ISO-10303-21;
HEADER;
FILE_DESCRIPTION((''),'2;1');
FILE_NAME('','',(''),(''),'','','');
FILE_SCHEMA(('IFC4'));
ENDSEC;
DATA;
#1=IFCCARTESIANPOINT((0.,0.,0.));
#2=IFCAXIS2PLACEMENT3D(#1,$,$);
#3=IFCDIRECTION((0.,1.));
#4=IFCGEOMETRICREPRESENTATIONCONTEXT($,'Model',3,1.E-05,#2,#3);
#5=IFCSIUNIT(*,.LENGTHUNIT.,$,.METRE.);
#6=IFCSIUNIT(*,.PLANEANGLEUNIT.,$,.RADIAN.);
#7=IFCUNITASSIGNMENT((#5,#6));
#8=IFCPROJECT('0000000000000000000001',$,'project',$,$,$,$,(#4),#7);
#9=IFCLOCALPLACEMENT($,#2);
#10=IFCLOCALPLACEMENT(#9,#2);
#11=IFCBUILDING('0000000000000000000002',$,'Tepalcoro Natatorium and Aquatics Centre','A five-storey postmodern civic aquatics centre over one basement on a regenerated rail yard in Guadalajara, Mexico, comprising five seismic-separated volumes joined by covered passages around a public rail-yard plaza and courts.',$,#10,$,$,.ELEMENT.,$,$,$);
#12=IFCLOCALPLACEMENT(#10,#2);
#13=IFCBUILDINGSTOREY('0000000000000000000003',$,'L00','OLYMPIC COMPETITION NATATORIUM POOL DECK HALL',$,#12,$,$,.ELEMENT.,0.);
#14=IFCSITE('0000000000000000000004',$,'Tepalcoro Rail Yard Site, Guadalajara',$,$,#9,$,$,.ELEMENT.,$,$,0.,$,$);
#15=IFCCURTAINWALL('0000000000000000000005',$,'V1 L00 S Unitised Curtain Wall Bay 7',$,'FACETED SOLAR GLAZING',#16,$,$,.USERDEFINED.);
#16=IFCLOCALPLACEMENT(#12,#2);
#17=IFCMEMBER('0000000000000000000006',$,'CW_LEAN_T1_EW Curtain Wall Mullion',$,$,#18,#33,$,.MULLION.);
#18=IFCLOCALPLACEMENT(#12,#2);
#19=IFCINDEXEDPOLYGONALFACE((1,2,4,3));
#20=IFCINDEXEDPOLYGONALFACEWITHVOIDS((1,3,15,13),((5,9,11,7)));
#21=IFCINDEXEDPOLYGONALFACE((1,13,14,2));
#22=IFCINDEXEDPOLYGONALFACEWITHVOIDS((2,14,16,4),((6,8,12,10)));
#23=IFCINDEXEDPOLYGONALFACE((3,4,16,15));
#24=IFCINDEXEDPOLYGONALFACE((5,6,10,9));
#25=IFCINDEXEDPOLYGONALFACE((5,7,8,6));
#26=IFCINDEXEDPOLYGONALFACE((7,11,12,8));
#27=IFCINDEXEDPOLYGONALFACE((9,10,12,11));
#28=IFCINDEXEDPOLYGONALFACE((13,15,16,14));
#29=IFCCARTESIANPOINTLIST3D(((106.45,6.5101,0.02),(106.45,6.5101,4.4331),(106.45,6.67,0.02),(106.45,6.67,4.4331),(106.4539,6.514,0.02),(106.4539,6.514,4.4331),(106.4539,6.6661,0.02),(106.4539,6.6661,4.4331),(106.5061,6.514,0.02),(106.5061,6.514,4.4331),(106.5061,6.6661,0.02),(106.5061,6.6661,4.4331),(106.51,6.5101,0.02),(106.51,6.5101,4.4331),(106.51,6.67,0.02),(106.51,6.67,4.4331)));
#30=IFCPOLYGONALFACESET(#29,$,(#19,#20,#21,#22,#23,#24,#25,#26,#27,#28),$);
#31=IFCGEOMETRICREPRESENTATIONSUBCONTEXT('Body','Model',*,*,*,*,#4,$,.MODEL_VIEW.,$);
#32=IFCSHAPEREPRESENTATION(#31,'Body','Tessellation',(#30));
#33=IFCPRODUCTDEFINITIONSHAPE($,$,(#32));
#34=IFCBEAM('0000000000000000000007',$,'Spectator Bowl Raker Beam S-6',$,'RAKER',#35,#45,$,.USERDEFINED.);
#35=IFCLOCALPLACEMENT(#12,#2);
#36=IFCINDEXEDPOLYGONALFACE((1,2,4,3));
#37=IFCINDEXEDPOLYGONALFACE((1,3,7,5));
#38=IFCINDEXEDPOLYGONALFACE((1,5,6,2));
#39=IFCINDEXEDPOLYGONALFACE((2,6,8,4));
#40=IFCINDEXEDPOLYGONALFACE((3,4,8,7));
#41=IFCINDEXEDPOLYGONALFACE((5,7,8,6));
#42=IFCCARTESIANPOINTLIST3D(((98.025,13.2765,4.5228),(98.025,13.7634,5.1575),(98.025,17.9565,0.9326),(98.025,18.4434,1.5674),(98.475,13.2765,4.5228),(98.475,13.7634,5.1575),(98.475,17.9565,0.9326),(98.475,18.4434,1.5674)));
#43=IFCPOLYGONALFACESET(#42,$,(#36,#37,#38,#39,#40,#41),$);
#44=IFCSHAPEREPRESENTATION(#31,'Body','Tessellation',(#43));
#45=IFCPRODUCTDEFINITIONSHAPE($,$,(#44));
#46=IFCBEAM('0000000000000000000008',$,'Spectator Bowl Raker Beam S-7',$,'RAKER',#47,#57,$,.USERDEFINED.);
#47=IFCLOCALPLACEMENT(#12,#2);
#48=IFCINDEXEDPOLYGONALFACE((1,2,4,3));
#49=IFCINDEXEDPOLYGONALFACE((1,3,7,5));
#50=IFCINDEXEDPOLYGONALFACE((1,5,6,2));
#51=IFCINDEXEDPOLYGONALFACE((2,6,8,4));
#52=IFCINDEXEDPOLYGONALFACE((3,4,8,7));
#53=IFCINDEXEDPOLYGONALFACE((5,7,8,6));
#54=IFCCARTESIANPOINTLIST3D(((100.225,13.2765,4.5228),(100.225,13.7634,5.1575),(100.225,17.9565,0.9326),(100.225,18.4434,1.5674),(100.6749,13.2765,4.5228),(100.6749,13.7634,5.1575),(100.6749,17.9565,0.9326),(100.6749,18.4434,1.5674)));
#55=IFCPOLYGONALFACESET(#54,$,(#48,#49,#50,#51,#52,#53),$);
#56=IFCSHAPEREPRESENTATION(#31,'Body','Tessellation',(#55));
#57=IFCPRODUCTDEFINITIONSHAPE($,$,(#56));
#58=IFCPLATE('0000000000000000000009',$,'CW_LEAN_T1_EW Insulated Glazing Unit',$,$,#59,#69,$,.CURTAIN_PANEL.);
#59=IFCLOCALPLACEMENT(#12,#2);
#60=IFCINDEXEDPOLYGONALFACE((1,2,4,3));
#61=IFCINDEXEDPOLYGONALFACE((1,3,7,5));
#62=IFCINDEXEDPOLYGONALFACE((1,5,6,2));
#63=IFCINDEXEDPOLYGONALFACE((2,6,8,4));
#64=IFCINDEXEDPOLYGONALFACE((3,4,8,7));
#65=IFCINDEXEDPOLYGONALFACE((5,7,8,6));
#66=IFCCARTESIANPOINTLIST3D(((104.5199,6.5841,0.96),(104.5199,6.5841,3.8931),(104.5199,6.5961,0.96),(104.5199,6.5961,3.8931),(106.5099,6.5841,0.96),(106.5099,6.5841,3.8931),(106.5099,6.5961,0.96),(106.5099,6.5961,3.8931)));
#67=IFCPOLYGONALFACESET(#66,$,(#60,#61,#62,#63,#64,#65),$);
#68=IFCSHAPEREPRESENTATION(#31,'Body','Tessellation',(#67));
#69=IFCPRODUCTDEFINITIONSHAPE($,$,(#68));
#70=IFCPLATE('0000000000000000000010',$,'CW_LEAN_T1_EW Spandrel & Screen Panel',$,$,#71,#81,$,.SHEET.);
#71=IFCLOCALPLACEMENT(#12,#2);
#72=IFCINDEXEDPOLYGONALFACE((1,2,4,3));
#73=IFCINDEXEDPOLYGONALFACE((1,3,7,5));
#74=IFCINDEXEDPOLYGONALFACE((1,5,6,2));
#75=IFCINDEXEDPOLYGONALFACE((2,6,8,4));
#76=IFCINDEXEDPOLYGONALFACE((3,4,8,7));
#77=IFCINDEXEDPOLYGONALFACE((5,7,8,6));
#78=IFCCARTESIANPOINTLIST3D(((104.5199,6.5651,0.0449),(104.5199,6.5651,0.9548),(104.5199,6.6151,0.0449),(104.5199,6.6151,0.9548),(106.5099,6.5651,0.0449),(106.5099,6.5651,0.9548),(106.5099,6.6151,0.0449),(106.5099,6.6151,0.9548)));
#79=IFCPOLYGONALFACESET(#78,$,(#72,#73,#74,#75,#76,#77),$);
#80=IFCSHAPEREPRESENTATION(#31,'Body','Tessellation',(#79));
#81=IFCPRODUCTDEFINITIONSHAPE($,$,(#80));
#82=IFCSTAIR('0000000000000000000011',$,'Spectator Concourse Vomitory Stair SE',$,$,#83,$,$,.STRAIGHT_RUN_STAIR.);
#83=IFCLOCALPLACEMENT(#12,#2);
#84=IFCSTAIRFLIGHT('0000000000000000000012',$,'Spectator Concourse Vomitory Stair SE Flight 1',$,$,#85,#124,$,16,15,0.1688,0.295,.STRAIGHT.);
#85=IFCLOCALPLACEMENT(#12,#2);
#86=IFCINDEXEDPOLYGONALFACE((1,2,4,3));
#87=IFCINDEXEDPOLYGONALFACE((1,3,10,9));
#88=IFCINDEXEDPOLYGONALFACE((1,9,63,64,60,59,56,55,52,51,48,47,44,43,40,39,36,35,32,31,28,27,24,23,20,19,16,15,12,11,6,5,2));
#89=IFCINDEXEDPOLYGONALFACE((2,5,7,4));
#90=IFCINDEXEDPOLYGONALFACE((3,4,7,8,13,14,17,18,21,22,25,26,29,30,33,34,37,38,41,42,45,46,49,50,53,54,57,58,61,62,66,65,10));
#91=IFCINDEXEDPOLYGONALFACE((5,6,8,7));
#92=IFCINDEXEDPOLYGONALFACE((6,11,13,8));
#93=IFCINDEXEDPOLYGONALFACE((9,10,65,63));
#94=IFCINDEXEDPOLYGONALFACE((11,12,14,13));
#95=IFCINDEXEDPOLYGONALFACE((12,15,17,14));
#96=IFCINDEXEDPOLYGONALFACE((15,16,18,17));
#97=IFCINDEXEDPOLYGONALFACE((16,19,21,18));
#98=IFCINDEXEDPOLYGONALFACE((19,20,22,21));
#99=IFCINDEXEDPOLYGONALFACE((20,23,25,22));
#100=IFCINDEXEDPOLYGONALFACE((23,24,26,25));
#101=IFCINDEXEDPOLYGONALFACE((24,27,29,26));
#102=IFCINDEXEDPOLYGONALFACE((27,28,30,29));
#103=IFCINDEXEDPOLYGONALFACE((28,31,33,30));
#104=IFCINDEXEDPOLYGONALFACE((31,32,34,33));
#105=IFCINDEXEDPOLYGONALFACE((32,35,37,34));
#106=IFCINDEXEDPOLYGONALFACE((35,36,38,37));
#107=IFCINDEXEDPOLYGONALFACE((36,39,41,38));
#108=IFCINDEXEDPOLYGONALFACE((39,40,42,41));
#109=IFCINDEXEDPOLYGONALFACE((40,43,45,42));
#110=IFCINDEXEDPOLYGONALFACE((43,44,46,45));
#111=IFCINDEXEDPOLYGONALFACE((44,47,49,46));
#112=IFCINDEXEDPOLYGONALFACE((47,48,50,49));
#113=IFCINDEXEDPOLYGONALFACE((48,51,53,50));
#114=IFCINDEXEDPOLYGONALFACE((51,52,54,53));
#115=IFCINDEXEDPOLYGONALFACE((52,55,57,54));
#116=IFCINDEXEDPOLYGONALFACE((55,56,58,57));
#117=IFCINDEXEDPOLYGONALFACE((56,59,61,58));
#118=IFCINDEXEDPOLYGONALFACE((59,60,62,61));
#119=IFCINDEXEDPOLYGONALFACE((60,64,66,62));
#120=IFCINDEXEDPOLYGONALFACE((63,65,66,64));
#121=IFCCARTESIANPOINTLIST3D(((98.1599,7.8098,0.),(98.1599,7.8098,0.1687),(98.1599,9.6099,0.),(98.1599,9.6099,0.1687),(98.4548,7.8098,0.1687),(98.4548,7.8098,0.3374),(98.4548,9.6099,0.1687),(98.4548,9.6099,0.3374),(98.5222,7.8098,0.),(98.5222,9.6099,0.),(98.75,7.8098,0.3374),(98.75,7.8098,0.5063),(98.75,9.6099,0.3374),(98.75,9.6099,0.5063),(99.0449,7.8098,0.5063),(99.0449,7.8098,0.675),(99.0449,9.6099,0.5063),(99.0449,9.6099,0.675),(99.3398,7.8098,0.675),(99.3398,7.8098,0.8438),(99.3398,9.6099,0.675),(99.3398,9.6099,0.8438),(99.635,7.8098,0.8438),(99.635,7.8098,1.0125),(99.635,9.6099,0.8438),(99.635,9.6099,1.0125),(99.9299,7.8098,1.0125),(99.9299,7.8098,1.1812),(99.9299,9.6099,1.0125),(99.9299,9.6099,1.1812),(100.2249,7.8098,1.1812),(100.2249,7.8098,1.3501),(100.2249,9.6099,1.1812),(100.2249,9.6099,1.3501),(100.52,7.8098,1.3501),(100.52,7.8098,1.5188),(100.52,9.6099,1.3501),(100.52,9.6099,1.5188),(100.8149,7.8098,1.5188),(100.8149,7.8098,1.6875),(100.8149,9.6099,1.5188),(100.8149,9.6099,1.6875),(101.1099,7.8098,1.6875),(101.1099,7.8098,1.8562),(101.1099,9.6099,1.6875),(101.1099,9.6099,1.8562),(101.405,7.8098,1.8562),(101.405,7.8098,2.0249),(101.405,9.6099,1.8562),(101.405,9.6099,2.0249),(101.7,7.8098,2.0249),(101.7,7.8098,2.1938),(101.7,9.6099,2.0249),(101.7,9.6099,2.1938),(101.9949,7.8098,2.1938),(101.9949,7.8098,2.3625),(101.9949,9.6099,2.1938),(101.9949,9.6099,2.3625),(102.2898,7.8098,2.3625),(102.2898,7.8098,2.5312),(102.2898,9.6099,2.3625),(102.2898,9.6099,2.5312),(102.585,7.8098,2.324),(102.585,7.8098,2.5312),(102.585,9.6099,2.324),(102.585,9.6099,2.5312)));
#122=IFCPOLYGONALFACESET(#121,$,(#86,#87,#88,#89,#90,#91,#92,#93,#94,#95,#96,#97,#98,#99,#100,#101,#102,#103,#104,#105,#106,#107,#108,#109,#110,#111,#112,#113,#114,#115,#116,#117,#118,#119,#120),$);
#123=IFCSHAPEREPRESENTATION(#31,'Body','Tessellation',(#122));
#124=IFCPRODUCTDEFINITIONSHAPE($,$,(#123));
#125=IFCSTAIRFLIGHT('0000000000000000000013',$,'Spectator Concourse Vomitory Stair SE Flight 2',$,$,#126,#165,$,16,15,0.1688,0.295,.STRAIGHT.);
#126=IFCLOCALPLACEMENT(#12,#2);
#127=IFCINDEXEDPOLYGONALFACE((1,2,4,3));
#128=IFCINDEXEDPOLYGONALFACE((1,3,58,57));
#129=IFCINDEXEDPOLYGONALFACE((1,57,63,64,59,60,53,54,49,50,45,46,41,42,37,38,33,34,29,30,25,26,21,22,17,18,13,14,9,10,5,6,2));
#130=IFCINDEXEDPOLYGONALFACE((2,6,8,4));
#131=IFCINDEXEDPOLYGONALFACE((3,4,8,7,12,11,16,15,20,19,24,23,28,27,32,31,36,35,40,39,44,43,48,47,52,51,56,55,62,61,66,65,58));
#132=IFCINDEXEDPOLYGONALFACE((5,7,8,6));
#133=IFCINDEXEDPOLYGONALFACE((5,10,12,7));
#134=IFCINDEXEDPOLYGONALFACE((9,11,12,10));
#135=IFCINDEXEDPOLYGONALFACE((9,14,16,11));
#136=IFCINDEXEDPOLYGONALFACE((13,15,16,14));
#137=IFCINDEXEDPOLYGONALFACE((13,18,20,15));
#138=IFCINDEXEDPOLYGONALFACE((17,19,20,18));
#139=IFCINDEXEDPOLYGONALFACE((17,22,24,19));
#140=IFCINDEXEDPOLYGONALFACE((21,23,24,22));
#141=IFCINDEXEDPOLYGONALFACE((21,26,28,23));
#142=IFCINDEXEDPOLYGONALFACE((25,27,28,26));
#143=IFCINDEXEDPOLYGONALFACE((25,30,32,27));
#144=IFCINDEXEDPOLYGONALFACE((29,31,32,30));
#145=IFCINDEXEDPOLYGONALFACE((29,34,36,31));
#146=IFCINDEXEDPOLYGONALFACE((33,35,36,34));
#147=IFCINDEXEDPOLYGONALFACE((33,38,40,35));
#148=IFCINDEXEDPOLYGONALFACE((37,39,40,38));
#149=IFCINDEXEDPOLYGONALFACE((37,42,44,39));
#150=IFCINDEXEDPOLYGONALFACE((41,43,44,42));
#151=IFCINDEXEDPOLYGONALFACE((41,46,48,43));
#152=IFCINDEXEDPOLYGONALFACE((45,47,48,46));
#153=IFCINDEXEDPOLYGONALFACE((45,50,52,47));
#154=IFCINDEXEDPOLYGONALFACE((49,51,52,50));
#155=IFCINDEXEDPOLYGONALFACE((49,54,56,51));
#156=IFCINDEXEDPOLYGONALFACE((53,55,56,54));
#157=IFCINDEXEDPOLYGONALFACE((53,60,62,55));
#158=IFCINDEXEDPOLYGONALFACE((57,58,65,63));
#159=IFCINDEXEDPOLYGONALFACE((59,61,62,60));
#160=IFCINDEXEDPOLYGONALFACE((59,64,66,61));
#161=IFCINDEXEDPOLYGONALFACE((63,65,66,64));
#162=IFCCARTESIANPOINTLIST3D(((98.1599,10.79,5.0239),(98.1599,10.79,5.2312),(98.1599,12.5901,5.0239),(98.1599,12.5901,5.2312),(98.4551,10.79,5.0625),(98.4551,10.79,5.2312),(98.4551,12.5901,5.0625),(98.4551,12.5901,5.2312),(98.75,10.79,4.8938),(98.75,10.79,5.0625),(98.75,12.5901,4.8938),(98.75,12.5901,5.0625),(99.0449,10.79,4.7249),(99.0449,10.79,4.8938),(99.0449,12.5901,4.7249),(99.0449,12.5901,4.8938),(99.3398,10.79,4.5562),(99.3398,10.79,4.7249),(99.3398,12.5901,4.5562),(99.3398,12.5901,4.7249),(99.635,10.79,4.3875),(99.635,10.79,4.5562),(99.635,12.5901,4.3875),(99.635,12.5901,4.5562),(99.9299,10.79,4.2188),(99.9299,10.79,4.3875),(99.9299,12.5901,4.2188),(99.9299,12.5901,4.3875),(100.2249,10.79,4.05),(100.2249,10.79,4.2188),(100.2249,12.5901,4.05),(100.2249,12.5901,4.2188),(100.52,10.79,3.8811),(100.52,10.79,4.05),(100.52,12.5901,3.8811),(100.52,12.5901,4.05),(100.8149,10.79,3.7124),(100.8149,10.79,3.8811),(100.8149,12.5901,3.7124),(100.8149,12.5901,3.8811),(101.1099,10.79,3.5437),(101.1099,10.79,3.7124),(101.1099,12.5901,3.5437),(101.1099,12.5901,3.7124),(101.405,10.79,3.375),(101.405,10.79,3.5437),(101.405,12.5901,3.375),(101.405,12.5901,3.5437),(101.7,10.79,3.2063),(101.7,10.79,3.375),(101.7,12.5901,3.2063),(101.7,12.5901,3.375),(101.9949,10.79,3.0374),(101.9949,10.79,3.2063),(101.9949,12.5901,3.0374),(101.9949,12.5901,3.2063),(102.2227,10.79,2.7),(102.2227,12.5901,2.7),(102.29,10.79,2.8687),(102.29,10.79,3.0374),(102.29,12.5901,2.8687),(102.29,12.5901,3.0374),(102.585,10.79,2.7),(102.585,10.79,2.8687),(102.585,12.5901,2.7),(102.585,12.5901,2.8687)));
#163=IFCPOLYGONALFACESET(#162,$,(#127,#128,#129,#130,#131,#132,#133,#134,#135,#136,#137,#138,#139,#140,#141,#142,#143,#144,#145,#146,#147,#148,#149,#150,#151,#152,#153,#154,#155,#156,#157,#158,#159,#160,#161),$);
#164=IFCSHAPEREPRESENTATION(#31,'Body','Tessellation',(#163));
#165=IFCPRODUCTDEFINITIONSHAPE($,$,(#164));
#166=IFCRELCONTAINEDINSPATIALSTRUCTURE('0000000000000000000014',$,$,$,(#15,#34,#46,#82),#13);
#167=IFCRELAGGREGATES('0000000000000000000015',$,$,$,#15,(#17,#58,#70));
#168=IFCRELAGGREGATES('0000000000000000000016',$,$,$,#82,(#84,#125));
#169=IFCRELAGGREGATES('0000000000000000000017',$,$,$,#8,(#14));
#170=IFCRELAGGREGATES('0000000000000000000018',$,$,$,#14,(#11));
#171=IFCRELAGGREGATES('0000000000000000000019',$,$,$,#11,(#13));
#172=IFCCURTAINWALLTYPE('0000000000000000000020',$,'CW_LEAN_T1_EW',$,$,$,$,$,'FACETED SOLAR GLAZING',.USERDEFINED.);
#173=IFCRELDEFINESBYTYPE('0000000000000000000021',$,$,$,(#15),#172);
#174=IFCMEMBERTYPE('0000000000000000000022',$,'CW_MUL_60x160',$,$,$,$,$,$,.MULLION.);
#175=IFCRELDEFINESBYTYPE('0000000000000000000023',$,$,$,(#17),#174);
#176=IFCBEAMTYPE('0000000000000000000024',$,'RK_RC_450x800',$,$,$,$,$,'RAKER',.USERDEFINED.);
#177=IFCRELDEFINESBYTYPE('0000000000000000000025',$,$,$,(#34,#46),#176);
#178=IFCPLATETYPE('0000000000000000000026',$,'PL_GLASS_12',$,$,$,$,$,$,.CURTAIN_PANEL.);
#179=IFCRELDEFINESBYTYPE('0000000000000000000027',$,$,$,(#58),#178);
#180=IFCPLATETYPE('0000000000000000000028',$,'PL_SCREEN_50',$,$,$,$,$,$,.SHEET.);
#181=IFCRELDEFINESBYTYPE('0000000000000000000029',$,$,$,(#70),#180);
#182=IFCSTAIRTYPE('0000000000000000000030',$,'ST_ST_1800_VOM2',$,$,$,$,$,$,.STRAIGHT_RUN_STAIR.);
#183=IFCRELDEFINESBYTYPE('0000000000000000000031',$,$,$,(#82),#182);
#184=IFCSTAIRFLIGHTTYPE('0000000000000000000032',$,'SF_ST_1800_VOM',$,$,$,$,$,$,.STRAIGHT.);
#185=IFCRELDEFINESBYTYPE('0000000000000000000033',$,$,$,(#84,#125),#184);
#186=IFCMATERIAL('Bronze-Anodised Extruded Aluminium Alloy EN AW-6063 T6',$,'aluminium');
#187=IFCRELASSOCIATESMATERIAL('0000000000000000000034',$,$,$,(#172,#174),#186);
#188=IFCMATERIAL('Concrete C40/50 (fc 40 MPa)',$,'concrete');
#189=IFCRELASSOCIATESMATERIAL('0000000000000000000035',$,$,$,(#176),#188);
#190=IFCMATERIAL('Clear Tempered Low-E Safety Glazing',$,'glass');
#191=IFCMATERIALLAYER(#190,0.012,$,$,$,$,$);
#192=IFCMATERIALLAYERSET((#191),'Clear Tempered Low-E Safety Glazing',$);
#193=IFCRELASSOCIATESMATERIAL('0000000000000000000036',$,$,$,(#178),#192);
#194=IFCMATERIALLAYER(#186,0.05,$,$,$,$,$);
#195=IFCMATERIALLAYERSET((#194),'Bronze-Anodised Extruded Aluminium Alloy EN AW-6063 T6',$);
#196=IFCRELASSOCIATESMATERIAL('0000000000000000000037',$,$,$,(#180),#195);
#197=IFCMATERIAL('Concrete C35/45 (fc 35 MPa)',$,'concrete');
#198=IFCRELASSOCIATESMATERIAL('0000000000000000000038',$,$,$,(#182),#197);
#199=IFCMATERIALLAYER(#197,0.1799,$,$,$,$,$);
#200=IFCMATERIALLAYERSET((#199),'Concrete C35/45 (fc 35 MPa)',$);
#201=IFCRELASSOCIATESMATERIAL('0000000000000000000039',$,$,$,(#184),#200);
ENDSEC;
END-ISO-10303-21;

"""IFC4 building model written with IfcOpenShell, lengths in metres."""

from ifc_helpers import new_model, si_unit, direction, frame, origin, origin_2d, place, context, subcontext, project, spatial, polyline, rectangle, hollow_rectangle, outline, extrude, material, layer, layer_set, material_profile, profile_set, type_object, element, aggregate, save


model = new_model("IFC4")

# Units and contexts
model_context = context("Model", 3, precision=1e-05, world=origin(), true_north=direction((0.0, 1.0)))
body_context = subcontext(model_context, "Body", "Model", "MODEL_VIEW")
ifc_project = project(units=[si_unit("LENGTHUNIT", "METRE"), si_unit("PLANEANGLEUNIT", "RADIAN")], contexts=[model_context])

# Site, building, storey
site_placement = place(None, origin())
site = spatial("IfcSite", under=ifc_project, at=site_placement, Name="Tepalcoro Rail Yard Site, Guadalajara", CompositionType="ELEMENT", RefElevation=0.0)
building_placement = place(site_placement, origin())
building = spatial("IfcBuilding", under=site, at=building_placement, Name="Tepalcoro Natatorium and Aquatics Centre", Description="A five-storey postmodern civic aquatics centre over one basement on a regenerated rail yard in Guadalajara, Mexico, comprising five seismic-separated volumes joined by covered passages around a public rail-yard plaza and courts.", CompositionType="ELEMENT")
storey_placement = place(building_placement, origin())
storey = spatial("IfcBuildingStorey", under=building, at=storey_placement, Name="L00", Description="OLYMPIC COMPETITION NATATORIUM POOL DECK HALL", CompositionType="ELEMENT", Elevation=0.0)

# Shared definitions
ifc_material_1 = material(Name="Concrete C40/50 (fc 40 MPa)", Category="concrete")

# Curtain wall, member
ifc_material_2 = material(Name="Bronze-Anodised Extruded Aluminium Alloy EN AW-6063 T6", Category="aluminium")
curtain_wall_type = type_object("IfcCurtainWallType", Name="CW_LEAN_T1_EW", ElementType="FACETED SOLAR GLAZING", PredefinedType="USERDEFINED", material=ifc_material_2)
curtain_wall_placement = place(storey_placement, origin())
curtain_wall = element("IfcCurtainWall", 1, at=curtain_wall_placement, inside=storey, type_object=curtain_wall_type, Name="V1 L00 S Unitised Curtain Wall Bay 7", ObjectType="FACETED SOLAR GLAZING", PredefinedType="USERDEFINED")
ifc_material_profile_1 = material_profile(ifc_material_2, hollow_rectangle(XDim=0.0601, YDim=0.1599, WallThickness=0.0039, at=origin_2d()), Name="AL60X160X4")
ifc_profile_set_1 = profile_set([ifc_material_profile_1], Name="Bronze-Anodised Extruded Aluminium Alloy EN AW-6063 T6")
member_type = type_object("IfcMemberType", Name="CW_MUL_60x160", PredefinedType="MULLION", material=ifc_profile_set_1)
member_placement = place(storey_placement, frame((106.48, 6.5901, 0.02), z_axis=(0.0, 0.0, 1.0), x_axis=(1.0, 0.0, 0.0)))
member = element("IfcMember", 2, at=member_placement, type_object=member_type, Name="CW_LEAN_T1_EW Curtain Wall Mullion", PredefinedType="MULLION", context=body_context, shape_type="SweptSolid", body=[
    extrude(hollow_rectangle(XDim=0.0601, YDim=0.1599, WallThickness=0.0039, at=origin_2d()), origin(), (0.0, 0.0, 1.0), 4.4131),
])

# Beams
ifc_material_profile_2 = material_profile(ifc_material_1, rectangle(XDim=0.45, YDim=0.8, at=origin_2d()), Name="RKR450x800")
ifc_profile_set_2 = profile_set([ifc_material_profile_2], Name="Concrete C40/50 (fc 40 MPa)")
beam_type_1 = type_object("IfcBeamType", Name="RK_RC_450x800", ElementType="RAKER", PredefinedType="USERDEFINED", material=ifc_profile_set_2)
for number, where, z_axis, x_axis, name in (
    (3, (98.25, 18.2, 1.25), (0.0, -0.793431, 0.60866), (1.0, 0.0, 0.0), "Spectator Bowl Raker Beam S-6"),
    (4, (100.45, 18.2, 1.25), (0.0, -0.793431, 0.60866), (1.0, 0.0, 0.0), "Spectator Bowl Raker Beam S-7"),
):
    element("IfcBeam", number, at=place(storey_placement, frame(where, z_axis=z_axis, x_axis=x_axis)), inside=storey, type_object=beam_type_1, Name=name, ObjectType="RAKER", PredefinedType="USERDEFINED", context=body_context, shape_type="SweptSolid", body=[
        extrude(rectangle(XDim=0.45, YDim=0.8, at=origin_2d()), origin(), (0.0, 0.0, 1.0), 5.8984),
    ])

# Plates
ifc_material_3 = material(Name="Clear Tempered Low-E Safety Glazing", Category="glass")
ifc_layer_1 = layer(ifc_material_3, 0.012)
ifc_layer_set_1 = layer_set([ifc_layer_1], Name="Clear Tempered Low-E Safety Glazing")
plate_type_1 = type_object("IfcPlateType", Name="PL_GLASS_12", PredefinedType="CURTAIN_PANEL", material=ifc_layer_set_1)
plate_1_placement = place(storey_placement, frame((105.5149, 6.5901, 0.96), z_axis=(0.0, 0.0, 1.0), x_axis=(1.0, 0.0, 0.0)))
plate_1 = element("IfcPlate", 5, at=plate_1_placement, type_object=plate_type_1, Name="CW_LEAN_T1_EW Insulated Glazing Unit", PredefinedType="CURTAIN_PANEL", context=body_context, shape_type="SweptSolid", body=[
    extrude(rectangle(XDim=1.99, YDim=0.012, at=origin_2d()), origin(), (0.0, 0.0, 1.0), 2.9331),
])
ifc_layer_2 = layer(ifc_material_2, 0.05)
ifc_layer_set_2 = layer_set([ifc_layer_2], Name="Bronze-Anodised Extruded Aluminium Alloy EN AW-6063 T6")
plate_type_2 = type_object("IfcPlateType", Name="PL_SCREEN_50", PredefinedType="SHEET", material=ifc_layer_set_2)
plate_2_placement = place(storey_placement, frame((105.5149, 6.5901, 0.0449), z_axis=(0.0, 0.0, 1.0), x_axis=(1.0, 0.0, 0.0)))
plate_2 = element("IfcPlate", 6, at=plate_2_placement, type_object=plate_type_2, Name="CW_LEAN_T1_EW Spandrel & Screen Panel", PredefinedType="SHEET", context=body_context, shape_type="SweptSolid", body=[
    extrude(rectangle(XDim=1.99, YDim=0.05, at=origin_2d()), origin(), (0.0, 0.0, 1.0), 0.9099),
])
aggregate(curtain_wall, [member, plate_1, plate_2])

# Stair, stair flights
ifc_material_4 = material(Name="Concrete C35/45 (fc 35 MPa)", Category="concrete")
stair_type = type_object("IfcStairType", Name="ST_ST_1800_VOM2", PredefinedType="STRAIGHT_RUN_STAIR", material=ifc_material_4)
stair_placement = place(storey_placement, origin())
stair = element("IfcStair", 7, at=stair_placement, inside=storey, type_object=stair_type, Name="Spectator Concourse Vomitory Stair SE", PredefinedType="STRAIGHT_RUN_STAIR")
ifc_layer_3 = layer(ifc_material_4, 0.1799)
ifc_layer_set_3 = layer_set([ifc_layer_3], Name="Concrete C35/45 (fc 35 MPa)")
stair_flight_type = type_object("IfcStairFlightType", Name="SF_ST_1800_VOM", PredefinedType="STRAIGHT", material=ifc_layer_set_3)
stair_flight_1_placement = place(storey_placement, frame((98.1599, 8.71, 0.0), z_axis=(0.0, 0.0, 1.0), x_axis=(1.0, 0.0, 0.0)))
stair_flight_1 = element("IfcStairFlight", 8, at=stair_flight_1_placement, type_object=stair_flight_type, Name="Spectator Concourse Vomitory Stair SE Flight 1", NumberOfRisers=16, NumberOfTreads=15, PredefinedType="STRAIGHT", RiserHeight=0.1688, TreadLength=0.295, context=body_context, shape_type="SweptSolid", body=[
    extrude(outline(polyline([(0.0, 0.0), (0.0, 0.1687), (0.2949, 0.1687), (0.2949, 0.3374), (0.5901, 0.3374), (0.5901, 0.5063), (0.885, 0.5063), (0.885, 0.675), (1.1799, 0.675), (1.1799, 0.8438), (1.4751, 0.8438), (1.4751, 1.0125), (1.77, 1.0125), (1.77, 1.1812), (2.0649, 1.1812), (2.0649, 1.3501), (2.3601, 1.3501), (2.3601, 1.5188), (2.655, 1.5188), (2.655, 1.6875), (2.95, 1.6875), (2.95, 1.8562), (3.2451, 1.8562), (3.2451, 2.0249), (3.54, 2.0249), (3.54, 2.1938), (3.835, 2.1938), (3.835, 2.3625), (4.1299, 2.3625), (4.1299, 2.5312), (4.425, 2.5312), (4.425, 2.7), (4.425, 2.324), (0.3623, 0.0), (0.0, 0.0)])), frame((0.0, 0.8999, 0.0), z_axis=(0.0, -1.0, 0.0), x_axis=(1.0, 0.0, 0.0)), (0.0, 0.0, 1.0), 1.8),
])
stair_flight_2_placement = place(storey_placement, frame((102.585, 11.6899, 2.7), z_axis=(0.0, 0.0, 1.0), x_axis=(-1.0, 0.0, 0.0)))
stair_flight_2 = element("IfcStairFlight", 9, at=stair_flight_2_placement, type_object=stair_flight_type, Name="Spectator Concourse Vomitory Stair SE Flight 2", NumberOfRisers=16, NumberOfTreads=15, PredefinedType="STRAIGHT", RiserHeight=0.1688, TreadLength=0.295, context=body_context, shape_type="SweptSolid", body=[
    extrude(outline(polyline([(0.0, 0.0), (0.0, 0.1687), (0.2949, 0.1687), (0.2949, 0.3374), (0.5901, 0.3374), (0.5901, 0.5063), (0.885, 0.5063), (0.885, 0.675), (1.1799, 0.675), (1.1799, 0.8438), (1.4751, 0.8438), (1.4751, 1.0125), (1.77, 1.0125), (1.77, 1.1812), (2.0649, 1.1812), (2.0649, 1.3501), (2.3601, 1.3501), (2.3601, 1.5188), (2.655, 1.5188), (2.655, 1.6875), (2.95, 1.6875), (2.95, 1.8562), (3.2451, 1.8562), (3.2451, 2.0249), (3.54, 2.0249), (3.54, 2.1938), (3.835, 2.1938), (3.835, 2.3625), (4.1299, 2.3625), (4.1299, 2.5312), (4.425, 2.5312), (4.425, 2.7), (4.425, 2.324), (0.3623, 0.0), (0.0, 0.0)])), frame((0.0, 0.8999, 0.0), z_axis=(0.0, -1.0, 0.0), x_axis=(1.0, 0.0, 0.0)), (0.0, 0.0, 1.0), 1.8),
])
aggregate(stair, [stair_flight_1, stair_flight_2])

save(model, "model.ifc")
